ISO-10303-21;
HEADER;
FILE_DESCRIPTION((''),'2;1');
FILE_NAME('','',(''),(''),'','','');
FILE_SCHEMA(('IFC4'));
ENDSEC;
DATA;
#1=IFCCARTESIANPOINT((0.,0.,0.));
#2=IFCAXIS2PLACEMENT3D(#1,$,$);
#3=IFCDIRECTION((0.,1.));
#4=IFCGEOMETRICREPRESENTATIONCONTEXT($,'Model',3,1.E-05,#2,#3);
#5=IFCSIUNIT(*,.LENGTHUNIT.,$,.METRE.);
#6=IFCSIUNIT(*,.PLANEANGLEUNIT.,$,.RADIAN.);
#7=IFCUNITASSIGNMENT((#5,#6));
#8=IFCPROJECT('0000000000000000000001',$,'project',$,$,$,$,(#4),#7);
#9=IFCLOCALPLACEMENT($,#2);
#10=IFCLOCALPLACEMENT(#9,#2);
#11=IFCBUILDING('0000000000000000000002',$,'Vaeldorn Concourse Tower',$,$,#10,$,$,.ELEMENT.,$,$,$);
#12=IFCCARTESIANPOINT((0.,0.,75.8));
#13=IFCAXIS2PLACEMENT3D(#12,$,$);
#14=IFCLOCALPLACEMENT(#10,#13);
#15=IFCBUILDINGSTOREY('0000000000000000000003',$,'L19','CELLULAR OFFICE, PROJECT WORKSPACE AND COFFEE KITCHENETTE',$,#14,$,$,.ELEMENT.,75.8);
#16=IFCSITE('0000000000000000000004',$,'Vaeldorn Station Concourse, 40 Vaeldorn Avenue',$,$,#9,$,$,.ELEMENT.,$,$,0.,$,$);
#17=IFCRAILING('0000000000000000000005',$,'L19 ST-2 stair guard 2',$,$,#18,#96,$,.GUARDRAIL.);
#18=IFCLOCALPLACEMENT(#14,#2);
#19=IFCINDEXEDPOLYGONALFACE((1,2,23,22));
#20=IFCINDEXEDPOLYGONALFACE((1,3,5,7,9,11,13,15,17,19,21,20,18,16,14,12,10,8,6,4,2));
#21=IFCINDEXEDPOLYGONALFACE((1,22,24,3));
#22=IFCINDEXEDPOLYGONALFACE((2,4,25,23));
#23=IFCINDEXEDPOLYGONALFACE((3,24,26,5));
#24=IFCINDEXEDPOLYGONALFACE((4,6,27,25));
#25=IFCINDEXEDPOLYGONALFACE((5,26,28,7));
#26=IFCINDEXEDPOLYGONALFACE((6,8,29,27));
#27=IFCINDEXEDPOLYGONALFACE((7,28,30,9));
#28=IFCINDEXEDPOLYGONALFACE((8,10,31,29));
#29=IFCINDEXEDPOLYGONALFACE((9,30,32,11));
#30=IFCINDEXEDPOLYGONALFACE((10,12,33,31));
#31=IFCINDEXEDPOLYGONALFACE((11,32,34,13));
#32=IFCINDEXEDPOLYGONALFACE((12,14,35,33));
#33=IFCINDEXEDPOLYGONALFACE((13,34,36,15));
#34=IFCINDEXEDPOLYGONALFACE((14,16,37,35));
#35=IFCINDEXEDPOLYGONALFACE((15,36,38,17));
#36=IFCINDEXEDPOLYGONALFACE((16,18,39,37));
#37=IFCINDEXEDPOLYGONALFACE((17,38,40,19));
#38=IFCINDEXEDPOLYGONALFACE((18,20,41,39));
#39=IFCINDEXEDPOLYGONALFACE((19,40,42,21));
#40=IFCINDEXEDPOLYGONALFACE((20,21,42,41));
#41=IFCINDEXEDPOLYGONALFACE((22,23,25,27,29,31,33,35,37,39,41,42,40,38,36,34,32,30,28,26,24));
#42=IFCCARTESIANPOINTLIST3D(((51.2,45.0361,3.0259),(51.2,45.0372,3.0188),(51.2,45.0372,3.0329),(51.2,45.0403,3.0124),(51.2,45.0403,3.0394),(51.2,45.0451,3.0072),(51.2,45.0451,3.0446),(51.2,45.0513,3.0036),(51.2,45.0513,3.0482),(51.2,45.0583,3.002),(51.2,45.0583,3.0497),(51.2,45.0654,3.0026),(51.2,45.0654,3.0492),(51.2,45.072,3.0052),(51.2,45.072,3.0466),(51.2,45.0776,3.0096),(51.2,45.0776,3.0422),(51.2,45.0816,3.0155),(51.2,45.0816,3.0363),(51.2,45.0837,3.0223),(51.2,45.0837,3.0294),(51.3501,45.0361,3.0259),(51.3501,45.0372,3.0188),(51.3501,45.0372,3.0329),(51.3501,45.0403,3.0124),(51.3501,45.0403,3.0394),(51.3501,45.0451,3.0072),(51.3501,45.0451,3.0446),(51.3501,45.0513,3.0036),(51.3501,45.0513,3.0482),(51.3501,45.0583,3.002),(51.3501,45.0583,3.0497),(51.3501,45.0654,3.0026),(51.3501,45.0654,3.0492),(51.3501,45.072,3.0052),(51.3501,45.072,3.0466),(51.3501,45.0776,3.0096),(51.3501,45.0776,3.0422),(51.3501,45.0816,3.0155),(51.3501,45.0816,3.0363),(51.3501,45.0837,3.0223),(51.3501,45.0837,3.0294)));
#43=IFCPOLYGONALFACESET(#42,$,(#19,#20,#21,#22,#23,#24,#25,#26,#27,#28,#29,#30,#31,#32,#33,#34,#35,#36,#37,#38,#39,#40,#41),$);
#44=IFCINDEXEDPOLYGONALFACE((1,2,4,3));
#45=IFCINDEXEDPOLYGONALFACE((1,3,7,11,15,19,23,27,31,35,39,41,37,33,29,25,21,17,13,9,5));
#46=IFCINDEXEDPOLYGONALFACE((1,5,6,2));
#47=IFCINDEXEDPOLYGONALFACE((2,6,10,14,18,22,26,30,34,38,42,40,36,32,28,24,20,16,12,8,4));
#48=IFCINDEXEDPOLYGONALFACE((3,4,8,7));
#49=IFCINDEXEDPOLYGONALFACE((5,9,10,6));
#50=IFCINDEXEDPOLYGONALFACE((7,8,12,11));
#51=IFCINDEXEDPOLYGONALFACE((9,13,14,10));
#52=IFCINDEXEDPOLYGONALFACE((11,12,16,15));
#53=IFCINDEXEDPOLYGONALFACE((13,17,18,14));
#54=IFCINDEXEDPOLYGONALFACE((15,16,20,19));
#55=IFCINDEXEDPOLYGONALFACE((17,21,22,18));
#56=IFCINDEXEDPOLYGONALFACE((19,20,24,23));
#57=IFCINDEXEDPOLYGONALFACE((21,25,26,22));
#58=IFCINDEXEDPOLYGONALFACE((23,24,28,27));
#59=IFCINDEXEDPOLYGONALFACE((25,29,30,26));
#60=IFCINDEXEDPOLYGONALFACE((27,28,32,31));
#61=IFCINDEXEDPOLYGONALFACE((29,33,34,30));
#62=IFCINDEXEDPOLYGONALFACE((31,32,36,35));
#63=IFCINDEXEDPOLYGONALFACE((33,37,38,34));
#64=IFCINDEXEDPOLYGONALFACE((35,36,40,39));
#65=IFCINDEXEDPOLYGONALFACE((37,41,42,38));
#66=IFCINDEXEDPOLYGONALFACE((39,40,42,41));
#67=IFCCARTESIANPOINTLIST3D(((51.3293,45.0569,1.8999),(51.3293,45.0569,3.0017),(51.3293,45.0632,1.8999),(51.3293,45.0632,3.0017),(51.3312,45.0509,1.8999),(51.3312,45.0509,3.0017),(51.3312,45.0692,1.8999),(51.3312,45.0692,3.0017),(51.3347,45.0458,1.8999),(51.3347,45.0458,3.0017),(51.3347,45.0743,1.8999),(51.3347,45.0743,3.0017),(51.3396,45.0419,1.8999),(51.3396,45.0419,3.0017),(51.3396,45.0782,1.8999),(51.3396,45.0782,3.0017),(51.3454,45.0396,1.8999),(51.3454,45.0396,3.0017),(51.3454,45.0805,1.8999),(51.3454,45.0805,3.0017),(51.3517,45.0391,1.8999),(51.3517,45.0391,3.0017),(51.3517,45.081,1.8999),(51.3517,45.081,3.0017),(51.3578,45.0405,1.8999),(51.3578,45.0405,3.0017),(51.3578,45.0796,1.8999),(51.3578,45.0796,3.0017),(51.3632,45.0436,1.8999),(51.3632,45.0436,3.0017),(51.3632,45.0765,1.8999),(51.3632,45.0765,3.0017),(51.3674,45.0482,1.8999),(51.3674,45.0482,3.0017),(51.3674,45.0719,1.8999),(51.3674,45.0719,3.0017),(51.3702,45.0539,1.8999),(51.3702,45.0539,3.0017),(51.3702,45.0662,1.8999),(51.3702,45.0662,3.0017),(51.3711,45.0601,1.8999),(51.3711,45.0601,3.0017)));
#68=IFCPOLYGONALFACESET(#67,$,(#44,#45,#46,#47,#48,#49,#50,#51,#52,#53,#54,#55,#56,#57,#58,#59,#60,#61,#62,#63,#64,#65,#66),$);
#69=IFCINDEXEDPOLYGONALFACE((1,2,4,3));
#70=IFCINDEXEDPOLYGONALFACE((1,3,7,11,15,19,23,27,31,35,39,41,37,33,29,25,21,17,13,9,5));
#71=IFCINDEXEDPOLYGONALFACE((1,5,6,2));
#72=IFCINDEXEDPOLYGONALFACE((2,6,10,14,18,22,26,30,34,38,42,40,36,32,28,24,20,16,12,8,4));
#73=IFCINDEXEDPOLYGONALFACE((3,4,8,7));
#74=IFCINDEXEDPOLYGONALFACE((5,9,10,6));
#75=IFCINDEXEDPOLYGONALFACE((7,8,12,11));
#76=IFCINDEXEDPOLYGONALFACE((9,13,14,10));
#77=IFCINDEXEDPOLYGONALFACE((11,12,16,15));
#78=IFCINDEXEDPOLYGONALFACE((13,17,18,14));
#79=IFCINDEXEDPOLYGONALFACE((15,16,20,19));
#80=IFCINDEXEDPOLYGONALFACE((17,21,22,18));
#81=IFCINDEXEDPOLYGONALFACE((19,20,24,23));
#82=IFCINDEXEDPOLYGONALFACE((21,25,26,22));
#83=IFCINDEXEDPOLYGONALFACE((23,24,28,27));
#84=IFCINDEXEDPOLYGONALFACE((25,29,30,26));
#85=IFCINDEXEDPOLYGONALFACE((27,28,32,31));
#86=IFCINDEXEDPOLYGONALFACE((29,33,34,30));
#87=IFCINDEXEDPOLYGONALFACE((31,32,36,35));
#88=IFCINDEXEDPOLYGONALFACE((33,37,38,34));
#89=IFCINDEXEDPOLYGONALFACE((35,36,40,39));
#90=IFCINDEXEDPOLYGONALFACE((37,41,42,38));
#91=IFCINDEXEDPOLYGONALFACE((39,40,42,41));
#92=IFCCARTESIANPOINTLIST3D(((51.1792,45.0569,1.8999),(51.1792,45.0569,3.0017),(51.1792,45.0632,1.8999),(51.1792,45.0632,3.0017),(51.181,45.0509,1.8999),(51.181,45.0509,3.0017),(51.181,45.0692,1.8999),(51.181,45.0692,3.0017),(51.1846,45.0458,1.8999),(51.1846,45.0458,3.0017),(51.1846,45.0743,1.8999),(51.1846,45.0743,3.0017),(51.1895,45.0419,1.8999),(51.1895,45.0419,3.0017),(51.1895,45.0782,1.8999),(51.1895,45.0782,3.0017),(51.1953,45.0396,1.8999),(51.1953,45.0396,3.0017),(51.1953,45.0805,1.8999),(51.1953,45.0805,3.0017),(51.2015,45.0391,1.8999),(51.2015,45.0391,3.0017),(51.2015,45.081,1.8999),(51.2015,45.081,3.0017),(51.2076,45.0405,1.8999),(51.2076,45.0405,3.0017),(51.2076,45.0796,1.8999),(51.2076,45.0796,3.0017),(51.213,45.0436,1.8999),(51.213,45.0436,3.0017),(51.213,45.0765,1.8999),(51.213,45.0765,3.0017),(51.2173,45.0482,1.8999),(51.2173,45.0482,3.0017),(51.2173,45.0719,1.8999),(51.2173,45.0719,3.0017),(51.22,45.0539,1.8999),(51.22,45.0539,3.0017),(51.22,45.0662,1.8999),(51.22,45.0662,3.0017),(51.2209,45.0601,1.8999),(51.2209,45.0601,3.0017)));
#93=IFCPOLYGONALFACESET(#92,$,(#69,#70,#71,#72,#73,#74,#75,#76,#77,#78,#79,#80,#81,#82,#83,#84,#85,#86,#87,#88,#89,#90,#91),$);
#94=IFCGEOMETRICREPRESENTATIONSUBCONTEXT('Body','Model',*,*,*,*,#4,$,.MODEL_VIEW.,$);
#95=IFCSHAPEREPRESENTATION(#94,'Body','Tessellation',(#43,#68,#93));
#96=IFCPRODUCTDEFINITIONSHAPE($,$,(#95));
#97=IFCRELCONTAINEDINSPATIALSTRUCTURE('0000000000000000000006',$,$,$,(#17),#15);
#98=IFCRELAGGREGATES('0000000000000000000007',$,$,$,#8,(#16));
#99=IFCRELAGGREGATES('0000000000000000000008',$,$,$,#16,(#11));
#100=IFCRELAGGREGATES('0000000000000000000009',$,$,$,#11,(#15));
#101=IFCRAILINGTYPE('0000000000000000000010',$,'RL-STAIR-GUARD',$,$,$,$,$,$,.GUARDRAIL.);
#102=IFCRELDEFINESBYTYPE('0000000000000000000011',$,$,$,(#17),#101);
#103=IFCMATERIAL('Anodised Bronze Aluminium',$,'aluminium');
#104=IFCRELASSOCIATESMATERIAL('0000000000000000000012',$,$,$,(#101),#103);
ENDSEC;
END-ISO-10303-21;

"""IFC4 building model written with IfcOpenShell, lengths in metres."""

from ifc_helpers import new_model, si_unit, direction, frame, origin, origin_2d, place, context, subcontext, project, spatial, circle, extrude, material, type_object, element, save


model = new_model("IFC4")

# Units and contexts
model_context = context("Model", 3, precision=1e-05, world=origin(), true_north=direction((0.0, 1.0)))
body_context = subcontext(model_context, "Body", "Model", "MODEL_VIEW")
ifc_project = project(units=[si_unit("LENGTHUNIT", "METRE"), si_unit("PLANEANGLEUNIT", "RADIAN")], contexts=[model_context])

# Site, building, storey
site_placement = place(None, origin())
site = spatial("IfcSite", under=ifc_project, at=site_placement, Name="Vaeldorn Station Concourse, 40 Vaeldorn Avenue", CompositionType="ELEMENT", RefElevation=0.0)
building_placement = place(site_placement, origin())
building = spatial("IfcBuilding", under=site, at=building_placement, Name="Vaeldorn Concourse Tower", CompositionType="ELEMENT")
storey_placement = place(building_placement, frame((0.0, 0.0, 75.8)))
storey = spatial("IfcBuildingStorey", under=building, at=storey_placement, Name="L19", Description="CELLULAR OFFICE, PROJECT WORKSPACE AND COFFEE KITCHENETTE", CompositionType="ELEMENT", Elevation=75.8)

# Shared definitions
ifc_material_1 = material(Name="Anodised Bronze Aluminium", Category="aluminium")

# Railing
railing_type_1 = type_object("IfcRailingType", Name="RL-STAIR-GUARD", PredefinedType="GUARDRAIL", material=ifc_material_1)
railing_1_placement = place(storey_placement, frame((51.3501, 45.0601, 1.8999)))
element("IfcRailing", 1, at=railing_1_placement, inside=storey, type_object=railing_type_1, Name="L19 ST-2 stair guard 2", PredefinedType="GUARDRAIL", context=body_context, shape_type="SweptSolid", body=[
    extrude(circle(Radius=0.0239, at=origin_2d()), frame((0.0, 0.0, 1.126), z_axis=(-1.0, 0.0, 0.0), x_axis=(0.0, -1.0, 0.0)), (0.0, 0.0, 1.0), 0.1501),
    extrude(circle(Radius=0.021, at=origin_2d()), origin(), (0.0, 0.0, 1.0), 1.1018),
    extrude(circle(Radius=0.021, at=origin_2d()), frame((-0.1501, 0.0, 0.0)), (0.0, 0.0, 1.0), 1.1018),
])

save(model, "model.ifc")
